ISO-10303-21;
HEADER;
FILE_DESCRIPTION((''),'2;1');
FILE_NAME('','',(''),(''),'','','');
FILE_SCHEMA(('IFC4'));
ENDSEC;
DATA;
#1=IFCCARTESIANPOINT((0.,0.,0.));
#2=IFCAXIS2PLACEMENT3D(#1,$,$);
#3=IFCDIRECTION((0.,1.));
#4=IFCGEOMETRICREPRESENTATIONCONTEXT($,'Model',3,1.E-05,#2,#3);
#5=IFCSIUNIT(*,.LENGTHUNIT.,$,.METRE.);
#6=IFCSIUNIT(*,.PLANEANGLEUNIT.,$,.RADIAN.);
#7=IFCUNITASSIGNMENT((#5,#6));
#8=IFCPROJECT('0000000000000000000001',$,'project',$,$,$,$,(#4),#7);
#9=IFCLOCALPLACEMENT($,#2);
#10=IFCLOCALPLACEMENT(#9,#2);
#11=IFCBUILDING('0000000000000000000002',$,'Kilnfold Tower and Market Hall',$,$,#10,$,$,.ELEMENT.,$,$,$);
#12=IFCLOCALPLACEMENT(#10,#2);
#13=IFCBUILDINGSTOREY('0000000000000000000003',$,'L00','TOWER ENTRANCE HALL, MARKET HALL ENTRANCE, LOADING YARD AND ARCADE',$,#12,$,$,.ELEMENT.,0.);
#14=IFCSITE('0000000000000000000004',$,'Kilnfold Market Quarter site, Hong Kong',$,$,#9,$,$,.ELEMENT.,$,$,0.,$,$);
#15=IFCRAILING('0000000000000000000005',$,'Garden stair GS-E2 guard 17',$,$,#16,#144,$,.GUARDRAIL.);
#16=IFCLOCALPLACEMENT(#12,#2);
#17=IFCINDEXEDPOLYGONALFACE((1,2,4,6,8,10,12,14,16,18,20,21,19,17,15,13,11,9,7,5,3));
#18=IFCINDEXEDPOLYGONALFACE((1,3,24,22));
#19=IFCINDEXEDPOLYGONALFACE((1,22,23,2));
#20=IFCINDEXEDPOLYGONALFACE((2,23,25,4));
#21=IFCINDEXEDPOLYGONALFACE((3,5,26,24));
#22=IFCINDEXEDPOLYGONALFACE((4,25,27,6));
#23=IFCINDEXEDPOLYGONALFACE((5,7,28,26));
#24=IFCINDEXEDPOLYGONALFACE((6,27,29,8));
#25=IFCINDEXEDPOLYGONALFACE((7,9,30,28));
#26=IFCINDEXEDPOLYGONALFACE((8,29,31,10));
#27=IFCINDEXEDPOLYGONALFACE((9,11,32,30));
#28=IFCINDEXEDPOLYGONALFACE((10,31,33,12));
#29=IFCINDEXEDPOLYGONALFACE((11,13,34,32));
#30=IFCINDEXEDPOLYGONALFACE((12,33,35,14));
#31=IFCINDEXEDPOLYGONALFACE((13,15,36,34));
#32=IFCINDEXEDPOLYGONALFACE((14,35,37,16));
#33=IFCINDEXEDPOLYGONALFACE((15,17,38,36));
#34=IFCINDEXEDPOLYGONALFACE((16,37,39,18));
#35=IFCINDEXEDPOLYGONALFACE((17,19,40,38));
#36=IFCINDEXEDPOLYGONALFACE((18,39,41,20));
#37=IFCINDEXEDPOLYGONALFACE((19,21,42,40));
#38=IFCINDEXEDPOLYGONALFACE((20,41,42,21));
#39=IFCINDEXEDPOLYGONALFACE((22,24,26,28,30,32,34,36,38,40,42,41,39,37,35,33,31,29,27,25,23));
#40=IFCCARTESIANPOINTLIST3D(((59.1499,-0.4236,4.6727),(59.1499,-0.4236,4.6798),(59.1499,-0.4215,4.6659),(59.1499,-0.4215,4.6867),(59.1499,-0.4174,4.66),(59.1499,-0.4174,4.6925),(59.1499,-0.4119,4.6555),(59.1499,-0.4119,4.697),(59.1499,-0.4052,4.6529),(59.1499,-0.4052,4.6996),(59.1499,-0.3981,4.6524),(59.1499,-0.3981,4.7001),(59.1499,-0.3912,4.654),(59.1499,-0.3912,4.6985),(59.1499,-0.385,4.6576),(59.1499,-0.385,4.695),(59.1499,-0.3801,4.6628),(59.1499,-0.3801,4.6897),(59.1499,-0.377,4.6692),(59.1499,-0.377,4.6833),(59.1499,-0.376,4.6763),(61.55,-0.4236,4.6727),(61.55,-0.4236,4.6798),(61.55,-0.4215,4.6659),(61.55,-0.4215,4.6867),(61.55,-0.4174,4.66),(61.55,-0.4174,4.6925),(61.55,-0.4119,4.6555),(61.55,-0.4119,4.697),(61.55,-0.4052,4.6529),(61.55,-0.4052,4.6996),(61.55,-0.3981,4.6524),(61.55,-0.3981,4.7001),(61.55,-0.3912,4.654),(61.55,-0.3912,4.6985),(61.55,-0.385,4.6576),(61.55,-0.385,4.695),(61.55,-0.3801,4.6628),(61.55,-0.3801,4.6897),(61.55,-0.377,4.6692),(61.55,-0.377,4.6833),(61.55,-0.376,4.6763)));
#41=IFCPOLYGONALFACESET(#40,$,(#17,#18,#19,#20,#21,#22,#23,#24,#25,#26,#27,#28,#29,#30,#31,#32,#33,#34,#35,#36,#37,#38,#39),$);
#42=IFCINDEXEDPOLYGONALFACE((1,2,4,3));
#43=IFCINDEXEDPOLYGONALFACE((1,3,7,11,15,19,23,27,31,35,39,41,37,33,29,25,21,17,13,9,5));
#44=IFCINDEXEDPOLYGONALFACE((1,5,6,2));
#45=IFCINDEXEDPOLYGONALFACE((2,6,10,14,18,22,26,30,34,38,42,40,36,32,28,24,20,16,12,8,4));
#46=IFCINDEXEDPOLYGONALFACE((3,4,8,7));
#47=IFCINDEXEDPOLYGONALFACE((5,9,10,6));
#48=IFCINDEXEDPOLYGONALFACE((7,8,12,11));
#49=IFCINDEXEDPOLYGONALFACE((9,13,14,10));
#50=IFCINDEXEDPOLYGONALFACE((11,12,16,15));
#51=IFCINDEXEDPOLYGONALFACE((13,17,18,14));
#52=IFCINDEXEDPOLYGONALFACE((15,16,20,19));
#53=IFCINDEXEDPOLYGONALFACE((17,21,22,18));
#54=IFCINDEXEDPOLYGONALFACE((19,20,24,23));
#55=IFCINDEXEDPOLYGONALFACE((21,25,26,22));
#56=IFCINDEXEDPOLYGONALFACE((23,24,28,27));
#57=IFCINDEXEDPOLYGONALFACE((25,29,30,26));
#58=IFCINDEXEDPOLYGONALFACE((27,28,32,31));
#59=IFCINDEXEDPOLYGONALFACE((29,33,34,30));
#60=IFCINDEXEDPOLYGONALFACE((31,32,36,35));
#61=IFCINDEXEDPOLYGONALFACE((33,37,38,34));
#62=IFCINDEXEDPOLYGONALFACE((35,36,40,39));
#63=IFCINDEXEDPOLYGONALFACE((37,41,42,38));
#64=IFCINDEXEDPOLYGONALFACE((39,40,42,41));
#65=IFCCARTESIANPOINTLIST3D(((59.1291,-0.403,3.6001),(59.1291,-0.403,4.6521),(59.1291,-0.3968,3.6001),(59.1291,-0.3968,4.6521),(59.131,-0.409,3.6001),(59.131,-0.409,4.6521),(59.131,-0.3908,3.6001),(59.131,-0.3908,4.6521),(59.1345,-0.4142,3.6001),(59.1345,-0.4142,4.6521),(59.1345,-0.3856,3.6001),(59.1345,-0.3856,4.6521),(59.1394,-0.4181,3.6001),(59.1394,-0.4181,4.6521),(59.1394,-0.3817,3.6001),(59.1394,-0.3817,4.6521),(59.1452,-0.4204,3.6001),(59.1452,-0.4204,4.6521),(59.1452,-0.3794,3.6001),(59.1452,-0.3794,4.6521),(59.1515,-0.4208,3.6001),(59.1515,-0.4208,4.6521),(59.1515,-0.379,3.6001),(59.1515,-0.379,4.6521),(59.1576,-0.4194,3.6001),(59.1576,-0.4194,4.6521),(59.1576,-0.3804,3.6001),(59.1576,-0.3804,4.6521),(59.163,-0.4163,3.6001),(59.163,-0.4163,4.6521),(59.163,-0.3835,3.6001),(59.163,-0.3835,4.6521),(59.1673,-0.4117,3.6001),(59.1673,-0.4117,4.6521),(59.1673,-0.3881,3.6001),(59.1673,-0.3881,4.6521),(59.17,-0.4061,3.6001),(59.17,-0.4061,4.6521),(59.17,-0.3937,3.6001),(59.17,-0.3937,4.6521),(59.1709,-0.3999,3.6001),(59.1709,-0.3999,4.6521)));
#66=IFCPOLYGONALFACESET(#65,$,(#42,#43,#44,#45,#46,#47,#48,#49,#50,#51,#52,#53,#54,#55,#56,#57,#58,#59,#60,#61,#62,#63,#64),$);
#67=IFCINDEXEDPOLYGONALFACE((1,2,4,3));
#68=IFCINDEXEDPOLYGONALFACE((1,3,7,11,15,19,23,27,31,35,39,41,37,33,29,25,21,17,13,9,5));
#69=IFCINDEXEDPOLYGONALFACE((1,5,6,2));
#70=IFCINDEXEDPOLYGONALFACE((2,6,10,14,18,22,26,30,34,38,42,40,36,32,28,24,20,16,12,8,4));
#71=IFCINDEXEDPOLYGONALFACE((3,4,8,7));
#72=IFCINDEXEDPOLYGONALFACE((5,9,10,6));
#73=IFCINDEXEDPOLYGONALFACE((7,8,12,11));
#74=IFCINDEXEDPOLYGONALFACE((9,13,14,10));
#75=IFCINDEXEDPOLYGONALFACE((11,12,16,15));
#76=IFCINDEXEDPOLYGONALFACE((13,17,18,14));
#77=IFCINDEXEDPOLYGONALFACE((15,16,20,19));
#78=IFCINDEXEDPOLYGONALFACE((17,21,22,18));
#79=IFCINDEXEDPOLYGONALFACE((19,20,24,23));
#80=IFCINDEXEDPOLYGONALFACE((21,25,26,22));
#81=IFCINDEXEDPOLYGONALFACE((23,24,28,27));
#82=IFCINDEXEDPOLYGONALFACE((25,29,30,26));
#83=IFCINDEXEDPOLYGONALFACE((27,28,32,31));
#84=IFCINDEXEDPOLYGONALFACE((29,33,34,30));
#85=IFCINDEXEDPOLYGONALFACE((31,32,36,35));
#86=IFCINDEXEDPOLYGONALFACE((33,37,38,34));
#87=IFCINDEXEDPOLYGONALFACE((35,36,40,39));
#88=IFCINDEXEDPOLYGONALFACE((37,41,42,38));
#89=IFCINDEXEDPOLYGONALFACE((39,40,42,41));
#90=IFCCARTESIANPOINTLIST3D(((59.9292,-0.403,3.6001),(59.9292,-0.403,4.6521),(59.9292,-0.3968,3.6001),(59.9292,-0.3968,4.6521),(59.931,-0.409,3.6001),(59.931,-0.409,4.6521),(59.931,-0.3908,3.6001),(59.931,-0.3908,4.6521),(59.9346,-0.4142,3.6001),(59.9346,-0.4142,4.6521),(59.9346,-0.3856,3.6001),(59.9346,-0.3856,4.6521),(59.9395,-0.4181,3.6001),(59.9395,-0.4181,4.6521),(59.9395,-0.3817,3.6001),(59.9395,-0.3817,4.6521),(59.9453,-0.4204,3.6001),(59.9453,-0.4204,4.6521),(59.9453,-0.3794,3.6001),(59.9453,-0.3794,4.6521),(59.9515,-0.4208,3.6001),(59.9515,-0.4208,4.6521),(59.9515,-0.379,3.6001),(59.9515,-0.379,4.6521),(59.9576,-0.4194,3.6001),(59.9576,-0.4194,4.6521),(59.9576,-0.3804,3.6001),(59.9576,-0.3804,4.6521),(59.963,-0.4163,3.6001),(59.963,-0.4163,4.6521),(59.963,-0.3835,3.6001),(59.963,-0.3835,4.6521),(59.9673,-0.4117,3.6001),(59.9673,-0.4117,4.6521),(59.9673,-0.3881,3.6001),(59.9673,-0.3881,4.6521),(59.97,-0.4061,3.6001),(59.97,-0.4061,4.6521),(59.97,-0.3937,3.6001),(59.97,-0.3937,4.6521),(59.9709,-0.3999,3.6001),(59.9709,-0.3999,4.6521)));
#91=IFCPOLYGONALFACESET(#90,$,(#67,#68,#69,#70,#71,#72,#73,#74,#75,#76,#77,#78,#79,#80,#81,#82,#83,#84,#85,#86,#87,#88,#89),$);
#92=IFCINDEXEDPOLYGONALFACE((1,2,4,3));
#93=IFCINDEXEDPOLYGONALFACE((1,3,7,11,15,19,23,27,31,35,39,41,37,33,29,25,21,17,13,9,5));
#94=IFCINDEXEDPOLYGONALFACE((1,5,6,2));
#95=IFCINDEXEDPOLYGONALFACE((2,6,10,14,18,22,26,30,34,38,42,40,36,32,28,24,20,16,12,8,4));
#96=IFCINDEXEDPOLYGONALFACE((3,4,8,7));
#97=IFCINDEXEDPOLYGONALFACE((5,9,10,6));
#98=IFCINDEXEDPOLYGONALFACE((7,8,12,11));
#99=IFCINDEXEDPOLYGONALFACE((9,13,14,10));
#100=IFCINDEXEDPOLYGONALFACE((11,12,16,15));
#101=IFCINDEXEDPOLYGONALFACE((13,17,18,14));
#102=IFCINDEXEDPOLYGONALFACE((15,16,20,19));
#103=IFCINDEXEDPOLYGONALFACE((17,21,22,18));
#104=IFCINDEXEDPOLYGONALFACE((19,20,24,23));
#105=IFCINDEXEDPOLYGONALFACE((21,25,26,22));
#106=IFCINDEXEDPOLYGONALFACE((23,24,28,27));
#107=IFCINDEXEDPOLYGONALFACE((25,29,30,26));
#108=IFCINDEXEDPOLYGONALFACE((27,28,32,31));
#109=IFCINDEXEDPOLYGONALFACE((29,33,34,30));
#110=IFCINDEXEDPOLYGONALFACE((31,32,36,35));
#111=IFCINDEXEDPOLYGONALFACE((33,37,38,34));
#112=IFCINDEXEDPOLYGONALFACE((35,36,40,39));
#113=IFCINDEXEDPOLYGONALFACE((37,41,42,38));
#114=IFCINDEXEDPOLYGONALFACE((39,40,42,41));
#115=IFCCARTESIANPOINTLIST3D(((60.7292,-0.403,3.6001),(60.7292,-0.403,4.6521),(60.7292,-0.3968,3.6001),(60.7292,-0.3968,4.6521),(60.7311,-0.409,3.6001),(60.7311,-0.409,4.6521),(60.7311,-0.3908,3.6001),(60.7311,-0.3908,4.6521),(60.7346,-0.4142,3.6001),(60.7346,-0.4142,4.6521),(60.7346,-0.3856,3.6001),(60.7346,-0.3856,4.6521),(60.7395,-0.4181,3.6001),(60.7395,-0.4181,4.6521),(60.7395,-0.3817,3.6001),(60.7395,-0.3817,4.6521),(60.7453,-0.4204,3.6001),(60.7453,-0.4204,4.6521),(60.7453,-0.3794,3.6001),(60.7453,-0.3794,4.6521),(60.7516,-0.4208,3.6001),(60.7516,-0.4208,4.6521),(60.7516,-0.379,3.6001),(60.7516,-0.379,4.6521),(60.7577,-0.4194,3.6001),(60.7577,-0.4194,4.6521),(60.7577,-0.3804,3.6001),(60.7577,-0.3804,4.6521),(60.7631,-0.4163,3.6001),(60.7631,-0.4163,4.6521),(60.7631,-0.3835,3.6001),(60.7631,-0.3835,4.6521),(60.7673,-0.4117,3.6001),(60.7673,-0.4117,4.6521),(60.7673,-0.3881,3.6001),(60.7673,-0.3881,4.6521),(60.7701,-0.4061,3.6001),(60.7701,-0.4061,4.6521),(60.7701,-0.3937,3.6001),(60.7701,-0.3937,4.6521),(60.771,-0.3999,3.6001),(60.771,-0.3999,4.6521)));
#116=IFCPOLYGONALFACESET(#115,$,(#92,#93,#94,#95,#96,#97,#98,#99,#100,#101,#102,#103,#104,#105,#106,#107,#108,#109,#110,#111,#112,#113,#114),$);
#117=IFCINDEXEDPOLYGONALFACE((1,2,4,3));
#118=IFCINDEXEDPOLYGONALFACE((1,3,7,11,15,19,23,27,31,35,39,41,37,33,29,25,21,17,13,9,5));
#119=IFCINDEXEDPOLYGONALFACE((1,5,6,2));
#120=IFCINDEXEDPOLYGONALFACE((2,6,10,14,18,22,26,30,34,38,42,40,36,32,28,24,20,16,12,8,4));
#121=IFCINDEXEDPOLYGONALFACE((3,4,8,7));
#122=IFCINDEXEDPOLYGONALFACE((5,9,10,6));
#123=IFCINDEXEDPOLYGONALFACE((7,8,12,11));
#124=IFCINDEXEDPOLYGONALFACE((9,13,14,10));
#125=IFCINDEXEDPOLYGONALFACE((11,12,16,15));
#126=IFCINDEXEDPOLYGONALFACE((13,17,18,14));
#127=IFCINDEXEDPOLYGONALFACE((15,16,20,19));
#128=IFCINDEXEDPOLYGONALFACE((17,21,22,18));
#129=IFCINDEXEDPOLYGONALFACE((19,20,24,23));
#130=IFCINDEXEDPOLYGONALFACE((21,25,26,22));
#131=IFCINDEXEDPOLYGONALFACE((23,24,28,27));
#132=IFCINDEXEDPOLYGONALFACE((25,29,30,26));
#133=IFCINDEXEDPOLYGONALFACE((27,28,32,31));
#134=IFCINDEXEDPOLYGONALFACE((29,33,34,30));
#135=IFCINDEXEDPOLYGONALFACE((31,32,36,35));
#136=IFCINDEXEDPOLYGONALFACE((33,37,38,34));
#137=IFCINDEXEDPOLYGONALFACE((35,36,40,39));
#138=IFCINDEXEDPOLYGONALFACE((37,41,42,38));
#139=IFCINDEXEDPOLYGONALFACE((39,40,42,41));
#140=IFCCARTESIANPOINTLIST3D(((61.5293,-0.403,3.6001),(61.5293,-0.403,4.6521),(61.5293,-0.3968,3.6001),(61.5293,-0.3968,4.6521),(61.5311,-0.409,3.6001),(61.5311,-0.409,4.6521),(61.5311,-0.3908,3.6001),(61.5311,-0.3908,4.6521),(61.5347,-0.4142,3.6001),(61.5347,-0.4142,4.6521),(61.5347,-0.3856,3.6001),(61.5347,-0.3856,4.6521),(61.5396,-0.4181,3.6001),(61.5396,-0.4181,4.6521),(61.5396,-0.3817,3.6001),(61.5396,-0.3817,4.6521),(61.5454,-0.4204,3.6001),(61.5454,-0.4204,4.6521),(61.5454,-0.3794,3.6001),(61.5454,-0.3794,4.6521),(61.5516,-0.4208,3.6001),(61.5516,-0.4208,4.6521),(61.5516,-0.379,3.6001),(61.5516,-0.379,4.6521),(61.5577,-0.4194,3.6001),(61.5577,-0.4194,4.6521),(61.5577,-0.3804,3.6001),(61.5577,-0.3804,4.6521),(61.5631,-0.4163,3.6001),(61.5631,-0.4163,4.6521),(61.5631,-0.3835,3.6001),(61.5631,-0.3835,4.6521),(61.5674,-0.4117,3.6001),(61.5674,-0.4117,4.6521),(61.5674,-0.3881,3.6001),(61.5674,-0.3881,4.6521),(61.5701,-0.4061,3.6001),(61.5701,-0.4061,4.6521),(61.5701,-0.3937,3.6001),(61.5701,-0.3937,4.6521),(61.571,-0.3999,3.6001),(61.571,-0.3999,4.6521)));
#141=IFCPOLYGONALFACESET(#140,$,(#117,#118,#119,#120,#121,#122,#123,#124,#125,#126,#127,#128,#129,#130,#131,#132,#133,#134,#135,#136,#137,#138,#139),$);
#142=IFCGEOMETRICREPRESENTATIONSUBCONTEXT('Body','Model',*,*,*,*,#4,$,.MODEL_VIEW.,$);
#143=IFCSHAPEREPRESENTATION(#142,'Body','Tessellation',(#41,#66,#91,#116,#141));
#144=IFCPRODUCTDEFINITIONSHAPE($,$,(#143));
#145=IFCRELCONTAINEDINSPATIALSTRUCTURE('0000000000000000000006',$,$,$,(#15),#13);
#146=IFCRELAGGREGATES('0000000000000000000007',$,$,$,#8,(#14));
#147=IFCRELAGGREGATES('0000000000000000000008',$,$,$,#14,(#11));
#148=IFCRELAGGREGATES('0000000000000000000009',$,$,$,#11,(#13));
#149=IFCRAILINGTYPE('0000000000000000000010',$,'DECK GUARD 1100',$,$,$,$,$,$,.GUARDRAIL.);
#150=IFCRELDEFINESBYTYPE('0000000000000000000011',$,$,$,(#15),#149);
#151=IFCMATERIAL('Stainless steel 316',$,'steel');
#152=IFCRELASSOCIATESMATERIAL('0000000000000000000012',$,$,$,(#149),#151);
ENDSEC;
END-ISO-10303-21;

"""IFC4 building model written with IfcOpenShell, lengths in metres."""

from ifc_helpers import new_model, si_unit, direction, frame, origin, origin_2d, place, context, subcontext, project, spatial, circle, extrude, material, type_object, element, save


model = new_model("IFC4")

# Units and contexts
model_context = context("Model", 3, precision=1e-05, world=origin(), true_north=direction((0.0, 1.0)))
body_context = subcontext(model_context, "Body", "Model", "MODEL_VIEW")
ifc_project = project(units=[si_unit("LENGTHUNIT", "METRE"), si_unit("PLANEANGLEUNIT", "RADIAN")], contexts=[model_context])

# Site, building, storey
site_placement = place(None, origin())
site = spatial("IfcSite", under=ifc_project, at=site_placement, Name="Kilnfold Market Quarter site, Hong Kong", CompositionType="ELEMENT", RefElevation=0.0)
building_placement = place(site_placement, origin())
building = spatial("IfcBuilding", under=site, at=building_placement, Name="Kilnfold Tower and Market Hall", CompositionType="ELEMENT")
storey_placement = place(building_placement, origin())
storey = spatial("IfcBuildingStorey", under=building, at=storey_placement, Name="L00", Description="TOWER ENTRANCE HALL, MARKET HALL ENTRANCE, LOADING YARD AND ARCADE", CompositionType="ELEMENT", Elevation=0.0)

# Railing
ifc_material_1 = material(Name="Stainless steel 316", Category="steel")
railing_type_1 = type_object("IfcRailingType", Name="DECK GUARD 1100", PredefinedType="GUARDRAIL", material=ifc_material_1)
railing_1_placement = place(storey_placement, frame((59.1499, -0.3999, 3.6001)))
element("IfcRailing", 1, at=railing_1_placement, inside=storey, type_object=railing_type_1, Name="Garden stair GS-E2 guard 17", PredefinedType="GUARDRAIL", context=body_context, shape_type="SweptSolid", body=[
    extrude(circle(Radius=0.0239, at=origin_2d()), frame((0.0, 0.0, 1.0762), z_axis=(1.0, 0.0, 0.0), x_axis=(0.0, 1.0, 0.0)), (0.0, 0.0, 1.0), 2.4001),
    extrude(circle(Radius=0.021, at=origin_2d()), origin(), (0.0, 0.0, 1.0), 1.052),
    extrude(circle(Radius=0.021, at=origin_2d()), frame((0.8, 0.0, 0.0)), (0.0, 0.0, 1.0), 1.052),
    extrude(circle(Radius=0.021, at=origin_2d()), frame((1.6001, 0.0, 0.0)), (0.0, 0.0, 1.0), 1.052),
    extrude(circle(Radius=0.021, at=origin_2d()), frame((2.4001, 0.0, 0.0)), (0.0, 0.0, 1.0), 1.052),
])

save(model, "model.ifc")
